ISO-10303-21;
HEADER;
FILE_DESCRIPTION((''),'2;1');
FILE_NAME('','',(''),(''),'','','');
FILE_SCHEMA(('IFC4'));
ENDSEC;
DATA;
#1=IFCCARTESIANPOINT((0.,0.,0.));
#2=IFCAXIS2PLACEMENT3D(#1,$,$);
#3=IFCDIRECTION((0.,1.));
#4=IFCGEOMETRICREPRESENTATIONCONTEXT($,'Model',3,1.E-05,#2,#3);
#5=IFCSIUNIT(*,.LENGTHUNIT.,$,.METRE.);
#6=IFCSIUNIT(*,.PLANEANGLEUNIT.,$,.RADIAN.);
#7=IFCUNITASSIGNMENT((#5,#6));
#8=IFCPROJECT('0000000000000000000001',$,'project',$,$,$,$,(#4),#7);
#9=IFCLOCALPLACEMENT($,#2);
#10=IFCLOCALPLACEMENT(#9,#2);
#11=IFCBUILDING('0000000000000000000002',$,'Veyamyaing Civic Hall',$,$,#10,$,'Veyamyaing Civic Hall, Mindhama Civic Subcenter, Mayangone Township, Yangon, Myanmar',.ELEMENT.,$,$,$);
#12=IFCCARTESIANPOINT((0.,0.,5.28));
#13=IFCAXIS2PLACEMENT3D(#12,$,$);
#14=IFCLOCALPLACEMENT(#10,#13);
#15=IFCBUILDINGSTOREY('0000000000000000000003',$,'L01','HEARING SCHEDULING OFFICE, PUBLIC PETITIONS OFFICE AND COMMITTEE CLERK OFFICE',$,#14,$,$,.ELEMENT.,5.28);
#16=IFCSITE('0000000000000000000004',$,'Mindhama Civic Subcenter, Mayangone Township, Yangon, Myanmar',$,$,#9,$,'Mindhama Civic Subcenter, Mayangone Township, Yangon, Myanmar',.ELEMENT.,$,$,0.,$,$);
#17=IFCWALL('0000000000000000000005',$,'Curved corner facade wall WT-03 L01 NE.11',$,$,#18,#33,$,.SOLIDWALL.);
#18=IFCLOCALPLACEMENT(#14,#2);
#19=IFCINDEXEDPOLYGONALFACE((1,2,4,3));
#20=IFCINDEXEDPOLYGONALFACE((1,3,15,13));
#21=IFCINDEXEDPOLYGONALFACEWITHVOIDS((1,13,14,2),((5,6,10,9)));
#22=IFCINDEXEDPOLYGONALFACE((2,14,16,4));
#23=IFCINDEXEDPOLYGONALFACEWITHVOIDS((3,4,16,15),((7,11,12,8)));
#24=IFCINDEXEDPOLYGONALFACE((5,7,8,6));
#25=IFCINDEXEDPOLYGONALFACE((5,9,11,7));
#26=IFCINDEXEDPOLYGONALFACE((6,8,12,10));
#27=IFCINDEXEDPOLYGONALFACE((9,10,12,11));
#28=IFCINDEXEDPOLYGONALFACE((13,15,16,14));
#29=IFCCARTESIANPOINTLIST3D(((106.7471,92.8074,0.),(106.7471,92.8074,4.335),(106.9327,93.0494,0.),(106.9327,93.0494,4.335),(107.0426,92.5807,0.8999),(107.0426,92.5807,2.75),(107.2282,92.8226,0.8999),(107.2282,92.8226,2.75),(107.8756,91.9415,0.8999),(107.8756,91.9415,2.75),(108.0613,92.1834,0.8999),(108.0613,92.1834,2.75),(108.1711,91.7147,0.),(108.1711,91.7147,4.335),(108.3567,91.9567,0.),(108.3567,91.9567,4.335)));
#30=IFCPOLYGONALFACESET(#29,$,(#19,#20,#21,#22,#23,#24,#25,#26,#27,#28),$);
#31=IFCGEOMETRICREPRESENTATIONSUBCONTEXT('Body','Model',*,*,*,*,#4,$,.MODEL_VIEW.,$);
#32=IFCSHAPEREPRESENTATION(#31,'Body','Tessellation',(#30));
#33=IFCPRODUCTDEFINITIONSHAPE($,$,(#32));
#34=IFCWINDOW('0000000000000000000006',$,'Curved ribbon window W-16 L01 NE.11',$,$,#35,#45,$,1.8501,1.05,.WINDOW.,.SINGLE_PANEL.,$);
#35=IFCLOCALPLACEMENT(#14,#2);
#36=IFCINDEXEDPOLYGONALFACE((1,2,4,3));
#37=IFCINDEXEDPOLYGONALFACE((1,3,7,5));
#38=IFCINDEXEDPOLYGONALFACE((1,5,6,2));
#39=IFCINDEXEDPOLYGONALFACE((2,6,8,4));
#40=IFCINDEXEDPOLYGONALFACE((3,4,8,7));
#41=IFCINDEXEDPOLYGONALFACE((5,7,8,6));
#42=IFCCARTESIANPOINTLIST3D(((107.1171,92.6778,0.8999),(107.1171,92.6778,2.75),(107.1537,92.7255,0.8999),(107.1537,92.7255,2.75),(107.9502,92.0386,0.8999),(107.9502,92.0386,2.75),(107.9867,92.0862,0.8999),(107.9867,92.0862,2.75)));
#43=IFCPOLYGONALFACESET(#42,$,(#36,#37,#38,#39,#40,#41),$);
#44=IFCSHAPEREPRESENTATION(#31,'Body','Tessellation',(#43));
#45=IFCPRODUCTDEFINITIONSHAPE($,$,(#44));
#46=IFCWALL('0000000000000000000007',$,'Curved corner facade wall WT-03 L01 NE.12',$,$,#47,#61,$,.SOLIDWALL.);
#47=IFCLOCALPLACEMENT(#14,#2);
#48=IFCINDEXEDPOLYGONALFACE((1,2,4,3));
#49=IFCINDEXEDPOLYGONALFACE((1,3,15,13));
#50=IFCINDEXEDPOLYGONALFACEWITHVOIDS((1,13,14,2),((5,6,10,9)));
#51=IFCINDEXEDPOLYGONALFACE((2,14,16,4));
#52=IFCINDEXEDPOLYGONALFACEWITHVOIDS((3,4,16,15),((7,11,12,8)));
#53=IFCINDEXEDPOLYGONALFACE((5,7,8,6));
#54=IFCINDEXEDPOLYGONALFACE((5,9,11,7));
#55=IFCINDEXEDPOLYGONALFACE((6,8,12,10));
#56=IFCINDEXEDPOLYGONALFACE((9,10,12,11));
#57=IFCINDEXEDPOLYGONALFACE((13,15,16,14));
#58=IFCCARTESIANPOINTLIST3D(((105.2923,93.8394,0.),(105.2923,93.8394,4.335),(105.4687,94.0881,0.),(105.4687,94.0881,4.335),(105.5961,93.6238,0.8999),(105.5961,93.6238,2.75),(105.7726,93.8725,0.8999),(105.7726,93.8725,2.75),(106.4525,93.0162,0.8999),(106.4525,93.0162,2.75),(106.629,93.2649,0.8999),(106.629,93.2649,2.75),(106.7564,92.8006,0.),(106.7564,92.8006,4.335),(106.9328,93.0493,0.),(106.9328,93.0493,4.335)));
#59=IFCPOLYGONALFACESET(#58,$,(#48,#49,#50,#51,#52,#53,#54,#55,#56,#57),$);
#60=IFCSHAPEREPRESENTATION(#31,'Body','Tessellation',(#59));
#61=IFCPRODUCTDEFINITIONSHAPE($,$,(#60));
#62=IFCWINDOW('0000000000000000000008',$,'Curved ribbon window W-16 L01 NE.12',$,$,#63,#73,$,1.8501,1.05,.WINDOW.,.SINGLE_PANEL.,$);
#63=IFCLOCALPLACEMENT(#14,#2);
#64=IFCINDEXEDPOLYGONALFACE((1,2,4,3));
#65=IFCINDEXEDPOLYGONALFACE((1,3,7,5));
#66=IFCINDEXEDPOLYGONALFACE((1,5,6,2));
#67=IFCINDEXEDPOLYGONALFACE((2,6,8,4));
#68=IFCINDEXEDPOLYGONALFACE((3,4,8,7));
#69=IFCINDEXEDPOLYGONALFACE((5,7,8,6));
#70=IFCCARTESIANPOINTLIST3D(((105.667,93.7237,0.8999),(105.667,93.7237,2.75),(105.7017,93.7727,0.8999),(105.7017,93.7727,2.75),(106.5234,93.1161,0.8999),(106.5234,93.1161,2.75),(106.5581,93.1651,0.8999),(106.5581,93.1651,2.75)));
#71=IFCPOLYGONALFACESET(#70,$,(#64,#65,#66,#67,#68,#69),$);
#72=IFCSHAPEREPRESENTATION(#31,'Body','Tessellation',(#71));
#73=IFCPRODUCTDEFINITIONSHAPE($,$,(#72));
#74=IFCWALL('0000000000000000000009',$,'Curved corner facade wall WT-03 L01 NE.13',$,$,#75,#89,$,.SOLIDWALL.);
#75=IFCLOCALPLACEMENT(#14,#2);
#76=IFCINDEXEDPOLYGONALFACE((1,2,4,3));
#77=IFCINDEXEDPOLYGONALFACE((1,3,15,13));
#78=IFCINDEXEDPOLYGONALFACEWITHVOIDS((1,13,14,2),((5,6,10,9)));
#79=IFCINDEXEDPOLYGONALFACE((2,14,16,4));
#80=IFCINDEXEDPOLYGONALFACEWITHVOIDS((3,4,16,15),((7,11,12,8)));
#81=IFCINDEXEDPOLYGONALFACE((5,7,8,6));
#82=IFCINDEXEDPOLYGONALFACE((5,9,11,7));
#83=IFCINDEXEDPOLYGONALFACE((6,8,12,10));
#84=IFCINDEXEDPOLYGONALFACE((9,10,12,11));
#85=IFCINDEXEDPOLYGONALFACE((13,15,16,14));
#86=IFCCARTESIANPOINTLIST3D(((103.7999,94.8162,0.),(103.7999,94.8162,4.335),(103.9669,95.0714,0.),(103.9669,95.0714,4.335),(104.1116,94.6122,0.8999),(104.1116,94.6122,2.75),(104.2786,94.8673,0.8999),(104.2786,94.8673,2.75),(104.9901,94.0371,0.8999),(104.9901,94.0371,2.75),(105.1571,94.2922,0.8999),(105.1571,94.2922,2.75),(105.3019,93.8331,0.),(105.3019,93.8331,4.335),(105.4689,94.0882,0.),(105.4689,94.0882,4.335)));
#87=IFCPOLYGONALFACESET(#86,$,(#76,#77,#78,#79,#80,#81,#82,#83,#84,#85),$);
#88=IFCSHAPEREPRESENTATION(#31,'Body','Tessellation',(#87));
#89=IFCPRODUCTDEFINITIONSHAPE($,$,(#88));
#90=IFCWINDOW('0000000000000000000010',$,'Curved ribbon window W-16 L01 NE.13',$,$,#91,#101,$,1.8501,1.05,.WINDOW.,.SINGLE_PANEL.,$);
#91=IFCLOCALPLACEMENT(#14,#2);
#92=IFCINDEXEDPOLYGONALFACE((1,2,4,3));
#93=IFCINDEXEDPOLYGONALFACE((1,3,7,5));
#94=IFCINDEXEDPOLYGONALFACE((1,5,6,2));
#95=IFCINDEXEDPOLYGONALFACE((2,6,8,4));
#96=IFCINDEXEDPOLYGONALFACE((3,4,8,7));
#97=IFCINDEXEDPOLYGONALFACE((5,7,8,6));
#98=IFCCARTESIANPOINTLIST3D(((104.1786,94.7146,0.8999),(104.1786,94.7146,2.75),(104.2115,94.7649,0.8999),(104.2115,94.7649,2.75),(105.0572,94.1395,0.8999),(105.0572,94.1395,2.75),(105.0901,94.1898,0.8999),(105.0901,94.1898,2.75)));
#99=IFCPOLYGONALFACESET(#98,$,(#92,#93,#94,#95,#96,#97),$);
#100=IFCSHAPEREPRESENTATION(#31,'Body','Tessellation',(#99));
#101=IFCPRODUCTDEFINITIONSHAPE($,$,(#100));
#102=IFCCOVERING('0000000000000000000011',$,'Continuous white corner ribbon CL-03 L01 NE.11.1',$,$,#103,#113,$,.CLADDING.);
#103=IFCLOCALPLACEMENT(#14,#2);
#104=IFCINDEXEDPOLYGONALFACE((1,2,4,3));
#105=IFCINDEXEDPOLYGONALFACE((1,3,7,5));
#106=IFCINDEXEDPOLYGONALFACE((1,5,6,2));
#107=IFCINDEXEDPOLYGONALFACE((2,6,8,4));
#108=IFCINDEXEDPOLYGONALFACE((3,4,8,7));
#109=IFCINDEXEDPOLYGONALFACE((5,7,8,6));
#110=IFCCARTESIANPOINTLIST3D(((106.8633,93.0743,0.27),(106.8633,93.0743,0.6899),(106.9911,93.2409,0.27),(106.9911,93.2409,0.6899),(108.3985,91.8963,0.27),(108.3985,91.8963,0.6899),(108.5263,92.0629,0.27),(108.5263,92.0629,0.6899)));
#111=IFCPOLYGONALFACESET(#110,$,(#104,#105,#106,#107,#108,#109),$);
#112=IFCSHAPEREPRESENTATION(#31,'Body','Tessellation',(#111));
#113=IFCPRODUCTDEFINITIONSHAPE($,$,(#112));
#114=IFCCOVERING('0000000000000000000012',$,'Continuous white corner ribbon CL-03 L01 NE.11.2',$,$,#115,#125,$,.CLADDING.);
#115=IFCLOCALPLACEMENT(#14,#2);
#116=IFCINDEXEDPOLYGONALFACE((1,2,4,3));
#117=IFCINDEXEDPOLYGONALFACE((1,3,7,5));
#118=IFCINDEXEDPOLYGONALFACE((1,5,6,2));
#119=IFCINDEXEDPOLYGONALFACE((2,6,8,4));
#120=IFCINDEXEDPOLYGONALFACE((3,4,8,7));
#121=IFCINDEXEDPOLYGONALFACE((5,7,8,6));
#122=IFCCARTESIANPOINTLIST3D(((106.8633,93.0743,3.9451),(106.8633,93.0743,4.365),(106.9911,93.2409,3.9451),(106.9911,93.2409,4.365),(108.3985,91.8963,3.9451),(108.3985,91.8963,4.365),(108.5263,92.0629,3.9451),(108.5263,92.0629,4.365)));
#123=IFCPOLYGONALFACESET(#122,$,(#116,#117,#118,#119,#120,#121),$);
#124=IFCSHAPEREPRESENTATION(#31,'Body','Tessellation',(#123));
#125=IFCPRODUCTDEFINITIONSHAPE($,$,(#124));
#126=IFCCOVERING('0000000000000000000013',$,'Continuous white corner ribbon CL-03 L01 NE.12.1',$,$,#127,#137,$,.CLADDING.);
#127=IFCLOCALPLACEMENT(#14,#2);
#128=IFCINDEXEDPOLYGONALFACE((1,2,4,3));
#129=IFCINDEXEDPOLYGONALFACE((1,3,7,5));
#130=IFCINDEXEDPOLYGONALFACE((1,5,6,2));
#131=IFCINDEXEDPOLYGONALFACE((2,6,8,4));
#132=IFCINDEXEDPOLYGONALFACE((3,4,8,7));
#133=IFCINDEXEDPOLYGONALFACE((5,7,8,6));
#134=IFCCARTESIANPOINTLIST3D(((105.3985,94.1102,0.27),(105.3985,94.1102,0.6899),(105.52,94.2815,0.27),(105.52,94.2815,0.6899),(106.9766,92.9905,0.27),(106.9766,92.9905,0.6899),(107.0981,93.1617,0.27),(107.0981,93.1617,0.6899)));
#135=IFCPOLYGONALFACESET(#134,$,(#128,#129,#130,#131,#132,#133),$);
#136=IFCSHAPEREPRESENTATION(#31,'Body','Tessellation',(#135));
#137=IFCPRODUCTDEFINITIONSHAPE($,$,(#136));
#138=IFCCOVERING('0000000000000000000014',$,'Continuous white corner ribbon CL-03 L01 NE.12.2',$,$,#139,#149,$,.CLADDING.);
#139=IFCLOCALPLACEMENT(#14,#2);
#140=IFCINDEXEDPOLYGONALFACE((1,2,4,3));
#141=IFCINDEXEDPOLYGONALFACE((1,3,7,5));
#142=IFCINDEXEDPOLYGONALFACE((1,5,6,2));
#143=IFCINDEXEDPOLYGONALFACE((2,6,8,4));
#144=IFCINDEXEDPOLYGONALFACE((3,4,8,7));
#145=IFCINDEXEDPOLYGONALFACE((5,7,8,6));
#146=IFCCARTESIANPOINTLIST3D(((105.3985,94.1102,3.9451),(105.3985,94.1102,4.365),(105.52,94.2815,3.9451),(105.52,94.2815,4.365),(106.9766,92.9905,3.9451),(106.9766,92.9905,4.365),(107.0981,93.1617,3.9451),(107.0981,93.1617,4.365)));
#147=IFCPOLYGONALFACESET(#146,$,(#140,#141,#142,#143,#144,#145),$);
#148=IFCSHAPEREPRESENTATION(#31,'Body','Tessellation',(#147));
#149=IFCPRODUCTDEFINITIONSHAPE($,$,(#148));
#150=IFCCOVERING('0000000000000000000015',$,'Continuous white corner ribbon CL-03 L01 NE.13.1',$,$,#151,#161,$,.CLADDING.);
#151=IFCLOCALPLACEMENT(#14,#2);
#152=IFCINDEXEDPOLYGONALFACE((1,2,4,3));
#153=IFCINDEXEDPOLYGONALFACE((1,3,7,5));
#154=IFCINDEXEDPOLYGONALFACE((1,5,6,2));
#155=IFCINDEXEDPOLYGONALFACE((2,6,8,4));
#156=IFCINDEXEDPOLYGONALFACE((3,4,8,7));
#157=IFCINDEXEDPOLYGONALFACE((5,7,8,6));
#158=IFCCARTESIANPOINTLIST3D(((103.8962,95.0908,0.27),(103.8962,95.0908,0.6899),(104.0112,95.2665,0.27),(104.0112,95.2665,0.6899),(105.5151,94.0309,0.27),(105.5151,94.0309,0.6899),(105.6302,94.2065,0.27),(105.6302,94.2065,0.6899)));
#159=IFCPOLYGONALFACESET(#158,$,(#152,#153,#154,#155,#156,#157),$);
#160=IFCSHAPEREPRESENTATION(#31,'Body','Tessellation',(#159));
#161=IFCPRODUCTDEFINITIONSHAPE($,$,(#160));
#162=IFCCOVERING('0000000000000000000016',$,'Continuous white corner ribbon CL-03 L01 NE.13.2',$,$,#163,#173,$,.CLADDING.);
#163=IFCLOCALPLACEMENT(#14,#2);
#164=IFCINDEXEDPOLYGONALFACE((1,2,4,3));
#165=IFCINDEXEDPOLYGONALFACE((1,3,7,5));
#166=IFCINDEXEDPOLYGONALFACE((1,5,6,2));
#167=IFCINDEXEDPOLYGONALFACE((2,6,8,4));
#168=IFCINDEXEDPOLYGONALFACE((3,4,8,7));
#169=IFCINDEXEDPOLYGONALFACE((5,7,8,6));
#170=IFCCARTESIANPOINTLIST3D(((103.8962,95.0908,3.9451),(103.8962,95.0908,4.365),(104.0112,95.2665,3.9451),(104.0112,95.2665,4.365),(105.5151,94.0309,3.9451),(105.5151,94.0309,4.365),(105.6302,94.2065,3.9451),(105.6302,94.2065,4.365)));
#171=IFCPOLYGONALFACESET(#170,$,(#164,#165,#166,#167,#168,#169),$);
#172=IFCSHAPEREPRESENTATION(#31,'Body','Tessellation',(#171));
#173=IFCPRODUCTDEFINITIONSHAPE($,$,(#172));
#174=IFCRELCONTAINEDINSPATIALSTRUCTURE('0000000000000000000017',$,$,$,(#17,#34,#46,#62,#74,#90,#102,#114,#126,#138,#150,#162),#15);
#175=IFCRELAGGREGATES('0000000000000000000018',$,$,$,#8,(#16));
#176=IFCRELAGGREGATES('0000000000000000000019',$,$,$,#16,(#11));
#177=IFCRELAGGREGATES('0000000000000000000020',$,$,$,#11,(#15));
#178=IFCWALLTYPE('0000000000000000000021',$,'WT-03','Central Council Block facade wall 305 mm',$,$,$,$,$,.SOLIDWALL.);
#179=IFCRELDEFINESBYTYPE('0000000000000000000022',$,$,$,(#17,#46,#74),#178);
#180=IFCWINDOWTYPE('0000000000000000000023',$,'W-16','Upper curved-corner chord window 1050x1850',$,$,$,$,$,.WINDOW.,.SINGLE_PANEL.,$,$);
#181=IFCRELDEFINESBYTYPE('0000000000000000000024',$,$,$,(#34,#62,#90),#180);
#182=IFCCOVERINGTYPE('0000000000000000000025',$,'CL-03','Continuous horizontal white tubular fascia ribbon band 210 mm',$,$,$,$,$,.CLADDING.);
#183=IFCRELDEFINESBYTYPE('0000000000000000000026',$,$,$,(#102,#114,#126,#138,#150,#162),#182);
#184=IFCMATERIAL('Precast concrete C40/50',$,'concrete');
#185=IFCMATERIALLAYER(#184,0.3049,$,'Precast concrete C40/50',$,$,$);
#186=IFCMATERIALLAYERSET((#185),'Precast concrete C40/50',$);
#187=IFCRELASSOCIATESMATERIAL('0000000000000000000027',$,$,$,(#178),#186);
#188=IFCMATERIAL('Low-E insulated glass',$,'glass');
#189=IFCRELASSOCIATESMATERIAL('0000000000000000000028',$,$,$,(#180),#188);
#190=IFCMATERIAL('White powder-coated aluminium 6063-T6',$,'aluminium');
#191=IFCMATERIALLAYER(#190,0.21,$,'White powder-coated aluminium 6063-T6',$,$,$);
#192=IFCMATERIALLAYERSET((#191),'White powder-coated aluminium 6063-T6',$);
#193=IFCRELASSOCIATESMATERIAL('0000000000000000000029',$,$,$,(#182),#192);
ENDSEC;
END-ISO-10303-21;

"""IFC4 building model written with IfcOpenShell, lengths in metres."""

from ifc_helpers import new_model, si_unit, direction, frame, frame_2d, origin, origin_2d, place, context, subcontext, project, spatial, rectangle, extrude, material, layer, layer_set, type_object, element, fill, save


model = new_model("IFC4")

# Units and contexts
model_context = context("Model", 3, precision=1e-05, world=origin(), true_north=direction((0.0, 1.0)))
body_context = subcontext(model_context, "Body", "Model", "MODEL_VIEW")
ifc_project = project(units=[si_unit("LENGTHUNIT", "METRE"), si_unit("PLANEANGLEUNIT", "RADIAN")], contexts=[model_context])

# Site, building, storey
site_placement = place(None, origin())
site = spatial("IfcSite", under=ifc_project, at=site_placement, Name="Mindhama Civic Subcenter, Mayangone Township, Yangon, Myanmar", LongName="Mindhama Civic Subcenter, Mayangone Township, Yangon, Myanmar", CompositionType="ELEMENT", RefElevation=0.0)
building_placement = place(site_placement, origin())
building = spatial("IfcBuilding", under=site, at=building_placement, Name="Veyamyaing Civic Hall", LongName="Veyamyaing Civic Hall, Mindhama Civic Subcenter, Mayangone Township, Yangon, Myanmar", CompositionType="ELEMENT")
storey_placement = place(building_placement, frame((0.0, 0.0, 5.28)))
storey = spatial("IfcBuildingStorey", under=building, at=storey_placement, Name="L01", Description="HEARING SCHEDULING OFFICE, PUBLIC PETITIONS OFFICE AND COMMITTEE CLERK OFFICE", CompositionType="ELEMENT", Elevation=5.28)

# Walls, openings, windows
ifc_material_1 = material(Name="Precast concrete C40/50", Category="concrete")
ifc_layer_1 = layer(ifc_material_1, 0.3049, Name="Precast concrete C40/50")
ifc_layer_set_1 = layer_set([ifc_layer_1], Name="Precast concrete C40/50")
wall_type = type_object("IfcWallType", Name="WT-03", Description="Central Council Block facade wall 305 mm", PredefinedType="SOLIDWALL", material=ifc_layer_set_1)
wall_1_placement = place(storey_placement, frame((108.2639, 91.8357, 0.0), z_axis=(0.0, 0.0, 1.0), x_axis=(-0.793341, 0.608777, 0.0)))
wall_1 = element("IfcWall", 1, at=wall_1_placement, inside=storey, type_object=wall_type, Name="Curved corner facade wall WT-03 L01 NE.11", PredefinedType="SOLIDWALL", context=body_context, shape_type="SweptSolid", body=[
    extrude(rectangle(XDim=1.7949, YDim=0.3049, at=frame_2d((0.8975, 0.0))), origin(), (0.0, 0.0, 1.0), 4.335),
])
opening_1_placement = place(wall_1_placement, frame((0.3726, 0.0, 0.8999)))
opening_1 = element("IfcOpeningElement", 2, at=opening_1_placement, cuts=wall_1, PredefinedType="OPENING", context=body_context, shape_type="SweptSolid", body=[
    extrude(rectangle(XDim=1.05, YDim=1.8501, at=frame_2d((0.5249, 0.925))), frame((0.0, 0.1624, 0.0), z_axis=(0.0, -1.0, 0.0), x_axis=(1.0, 0.0, 0.0)), (0.0, 0.0, 1.0), 0.325),
])
ifc_material_2 = material(Name="Low-E insulated glass", Category="glass")
window_type = type_object("IfcWindowType", Name="W-16", Description="Upper curved-corner chord window 1050x1850", PartitioningType="SINGLE_PANEL", PredefinedType="WINDOW", material=ifc_material_2)
window_1_placement = place(opening_1_placement, origin())
window_1 = element("IfcWindow", 3, at=window_1_placement, inside=storey, type_object=window_type, Name="Curved ribbon window W-16 L01 NE.11", OverallHeight=1.8501, OverallWidth=1.05, PartitioningType="SINGLE_PANEL", PredefinedType="WINDOW", context=body_context, shape_type="SweptSolid", body=[
    extrude(rectangle(XDim=1.05, YDim=1.8501, at=frame_2d((0.5249, 0.925))), frame((0.0, 0.03, 0.0), z_axis=(0.0, -1.0, 0.0), x_axis=(1.0, 0.0, 0.0)), (0.0, 0.0, 1.0), 0.0601),
])
fill(opening_1, window_1)
wall_2_placement = place(storey_placement, frame((106.8445, 92.925, 0.0), z_axis=(0.0, 0.0, 1.0), x_axis=(-0.815567, 0.578662, 0.0)))
wall_2 = element("IfcWall", 4, at=wall_2_placement, inside=storey, type_object=wall_type, Name="Curved corner facade wall WT-03 L01 NE.12", PredefinedType="SOLIDWALL", context=body_context, shape_type="SweptSolid", body=[
    extrude(rectangle(XDim=1.7952, YDim=0.3049, at=frame_2d((0.8975, 0.0))), origin(), (0.0, 0.0, 1.0), 4.335),
])
opening_2_placement = place(wall_2_placement, frame((0.3726, 0.0, 0.8999)))
opening_2 = element("IfcOpeningElement", 5, at=opening_2_placement, cuts=wall_2, PredefinedType="OPENING", context=body_context, shape_type="SweptSolid", body=[
    extrude(rectangle(XDim=1.05, YDim=1.8501, at=frame_2d((0.5249, 0.925))), frame((0.0, 0.1624, 0.0), z_axis=(0.0, -1.0, 0.0), x_axis=(1.0, 0.0, 0.0)), (0.0, 0.0, 1.0), 0.325),
])
window_2_placement = place(opening_2_placement, origin())
window_2 = element("IfcWindow", 6, at=window_2_placement, inside=storey, type_object=window_type, Name="Curved ribbon window W-16 L01 NE.12", OverallHeight=1.8501, OverallWidth=1.05, PartitioningType="SINGLE_PANEL", PredefinedType="WINDOW", context=body_context, shape_type="SweptSolid", body=[
    extrude(rectangle(XDim=1.05, YDim=1.8501, at=frame_2d((0.5249, 0.925))), frame((0.0, 0.03, 0.0), z_axis=(0.0, -1.0, 0.0), x_axis=(1.0, 0.0, 0.0)), (0.0, 0.0, 1.0), 0.0601),
])
fill(opening_2, window_2)
wall_3_placement = place(storey_placement, frame((105.3853, 93.9607, 0.0), z_axis=(0.0, 0.0, 1.0), x_axis=(-0.836687, 0.547682, 0.0)))
wall_3 = element("IfcWall", 7, at=wall_3_placement, inside=storey, type_object=wall_type, Name="Curved corner facade wall WT-03 L01 NE.13", PredefinedType="SOLIDWALL", context=body_context, shape_type="SweptSolid", body=[
    extrude(rectangle(XDim=1.7952, YDim=0.3049, at=frame_2d((0.8975, 0.0))), origin(), (0.0, 0.0, 1.0), 4.335),
])
opening_3_placement = place(wall_3_placement, frame((0.3726, 0.0, 0.8999)))
opening_3 = element("IfcOpeningElement", 8, at=opening_3_placement, cuts=wall_3, PredefinedType="OPENING", context=body_context, shape_type="SweptSolid", body=[
    extrude(rectangle(XDim=1.05, YDim=1.8501, at=frame_2d((0.5249, 0.925))), frame((0.0, 0.1624, 0.0), z_axis=(0.0, -1.0, 0.0), x_axis=(1.0, 0.0, 0.0)), (0.0, 0.0, 1.0), 0.325),
])
window_3_placement = place(opening_3_placement, origin())
window_3 = element("IfcWindow", 9, at=window_3_placement, inside=storey, type_object=window_type, Name="Curved ribbon window W-16 L01 NE.13", OverallHeight=1.8501, OverallWidth=1.05, PartitioningType="SINGLE_PANEL", PredefinedType="WINDOW", context=body_context, shape_type="SweptSolid", body=[
    extrude(rectangle(XDim=1.05, YDim=1.8501, at=frame_2d((0.5249, 0.925))), frame((0.0, 0.03, 0.0), z_axis=(0.0, -1.0, 0.0), x_axis=(1.0, 0.0, 0.0)), (0.0, 0.0, 1.0), 0.0601),
])
fill(opening_3, window_3)

# Coverings
ifc_material_3 = material(Name="White powder-coated aluminium 6063-T6", Category="aluminium")
ifc_layer_2 = layer(ifc_material_3, 0.21, Name="White powder-coated aluminium 6063-T6")
ifc_layer_set_2 = layer_set([ifc_layer_2], Name="White powder-coated aluminium 6063-T6")
covering_type = type_object("IfcCoveringType", Name="CL-03", Description="Continuous horizontal white tubular fascia ribbon band 210 mm", PredefinedType="CLADDING", material=ifc_layer_set_2)
for number, where, z_axis, x_axis, name in (
    (10, (107.6948, 92.5686, 0.27), (0.0, 0.0, 1.0), (-0.793353, 0.608761, 0.0), "Continuous white corner ribbon CL-03 L01 NE.11.1"),
    (11, (107.6948, 92.5686, 3.9451), (0.0, 0.0, 1.0), (-0.793353, 0.608761, 0.0), "Continuous white corner ribbon CL-03 L01 NE.11.2"),
    (12, (106.2483, 93.636, 0.27), (0.0, 0.0, 1.0), (-0.815561, 0.578671, 0.0), "Continuous white corner ribbon CL-03 L01 NE.12.1"),
    (13, (106.2483, 93.636, 3.9451), (0.0, 0.0, 1.0), (-0.815561, 0.578671, 0.0), "Continuous white corner ribbon CL-03 L01 NE.12.2"),
    (14, (104.7632, 94.6487, 0.27), (0.0, 0.0, 1.0), (-0.836628, 0.547772, 0.0), "Continuous white corner ribbon CL-03 L01 NE.13.1"),
    (15, (104.7632, 94.6487, 3.9451), (0.0, 0.0, 1.0), (-0.836628, 0.547772, 0.0), "Continuous white corner ribbon CL-03 L01 NE.13.2"),
):
    element("IfcCovering", number, at=place(storey_placement, frame(where, z_axis=z_axis, x_axis=x_axis)), inside=storey, type_object=covering_type, Name=name, PredefinedType="CLADDING", context=body_context, shape_type="SweptSolid", body=[
        extrude(rectangle(XDim=1.9351, YDim=0.21, at=origin_2d()), origin(), (0.0, 0.0, 1.0), 0.4199),
    ])

save(model, "model.ifc")
